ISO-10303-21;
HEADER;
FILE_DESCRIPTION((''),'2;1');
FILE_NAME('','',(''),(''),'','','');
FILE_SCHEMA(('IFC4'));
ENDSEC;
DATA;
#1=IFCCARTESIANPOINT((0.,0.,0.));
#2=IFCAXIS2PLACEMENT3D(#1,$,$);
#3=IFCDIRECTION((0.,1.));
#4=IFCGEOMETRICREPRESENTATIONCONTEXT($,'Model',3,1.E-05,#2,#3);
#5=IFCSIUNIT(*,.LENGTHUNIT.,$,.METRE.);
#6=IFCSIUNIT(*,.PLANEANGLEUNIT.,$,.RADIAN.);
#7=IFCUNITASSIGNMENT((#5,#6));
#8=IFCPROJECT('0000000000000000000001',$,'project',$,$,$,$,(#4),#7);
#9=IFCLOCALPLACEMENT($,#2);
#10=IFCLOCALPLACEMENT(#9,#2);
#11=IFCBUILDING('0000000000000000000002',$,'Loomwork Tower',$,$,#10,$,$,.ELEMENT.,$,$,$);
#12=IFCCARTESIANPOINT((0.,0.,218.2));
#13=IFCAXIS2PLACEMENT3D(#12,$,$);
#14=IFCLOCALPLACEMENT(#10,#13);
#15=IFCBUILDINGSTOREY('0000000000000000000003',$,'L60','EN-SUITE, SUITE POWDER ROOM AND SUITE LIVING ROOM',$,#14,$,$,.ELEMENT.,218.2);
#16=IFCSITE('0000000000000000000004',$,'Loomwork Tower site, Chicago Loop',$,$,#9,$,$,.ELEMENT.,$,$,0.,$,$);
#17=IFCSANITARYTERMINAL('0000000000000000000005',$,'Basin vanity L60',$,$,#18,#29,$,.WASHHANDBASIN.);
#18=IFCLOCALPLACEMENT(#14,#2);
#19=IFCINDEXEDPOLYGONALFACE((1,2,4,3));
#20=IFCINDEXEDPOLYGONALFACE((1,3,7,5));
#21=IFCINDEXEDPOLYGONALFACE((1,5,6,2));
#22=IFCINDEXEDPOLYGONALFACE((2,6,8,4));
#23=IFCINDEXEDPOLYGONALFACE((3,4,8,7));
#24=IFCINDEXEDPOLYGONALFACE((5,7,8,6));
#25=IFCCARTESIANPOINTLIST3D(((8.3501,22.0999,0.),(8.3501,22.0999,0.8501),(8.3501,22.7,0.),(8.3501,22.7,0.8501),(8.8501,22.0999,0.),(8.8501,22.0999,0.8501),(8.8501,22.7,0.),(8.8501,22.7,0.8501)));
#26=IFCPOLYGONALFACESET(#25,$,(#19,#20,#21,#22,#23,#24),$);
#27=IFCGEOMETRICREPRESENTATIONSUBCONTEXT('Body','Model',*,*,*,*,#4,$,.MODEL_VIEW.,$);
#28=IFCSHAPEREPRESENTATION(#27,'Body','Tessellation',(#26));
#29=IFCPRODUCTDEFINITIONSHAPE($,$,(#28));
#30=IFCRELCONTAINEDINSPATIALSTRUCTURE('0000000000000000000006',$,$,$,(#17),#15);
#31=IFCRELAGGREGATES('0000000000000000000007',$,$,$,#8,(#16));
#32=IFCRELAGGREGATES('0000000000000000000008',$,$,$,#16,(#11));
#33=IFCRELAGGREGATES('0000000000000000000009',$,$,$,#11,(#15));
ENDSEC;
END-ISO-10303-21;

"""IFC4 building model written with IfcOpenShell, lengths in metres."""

from ifc_helpers import new_model, si_unit, direction, frame, origin, origin_2d, place, context, subcontext, project, spatial, rectangle, extrude, element, save


model = new_model("IFC4")

# Units and contexts
model_context = context("Model", 3, precision=1e-05, world=origin(), true_north=direction((0.0, 1.0)))
body_context = subcontext(model_context, "Body", "Model", "MODEL_VIEW")
ifc_project = project(units=[si_unit("LENGTHUNIT", "METRE"), si_unit("PLANEANGLEUNIT", "RADIAN")], contexts=[model_context])

# Site, building, storey
site_placement = place(None, origin())
site = spatial("IfcSite", under=ifc_project, at=site_placement, Name="Loomwork Tower site, Chicago Loop", CompositionType="ELEMENT", RefElevation=0.0)
building_placement = place(site_placement, origin())
building = spatial("IfcBuilding", under=site, at=building_placement, Name="Loomwork Tower", CompositionType="ELEMENT")
storey_placement = place(building_placement, frame((0.0, 0.0, 218.2)))
storey = spatial("IfcBuildingStorey", under=building, at=storey_placement, Name="L60", Description="EN-SUITE, SUITE POWDER ROOM AND SUITE LIVING ROOM", CompositionType="ELEMENT", Elevation=218.2)

# Sanitary terminal
sanitary_terminal_1_placement = place(storey_placement, frame((8.6001, 22.3999, 0.0), z_axis=(0.0, 0.0, 1.0), x_axis=(1.0, 0.0, 0.0)))
element("IfcSanitaryTerminal", 1, at=sanitary_terminal_1_placement, inside=storey, Name="Basin vanity L60", PredefinedType="WASHHANDBASIN", context=body_context, shape_type="SweptSolid", body=[
    extrude(rectangle(XDim=0.5, YDim=0.6001, at=origin_2d()), origin(), (0.0, 0.0, 1.0), 0.8501),
])

save(model, "model.ifc")
